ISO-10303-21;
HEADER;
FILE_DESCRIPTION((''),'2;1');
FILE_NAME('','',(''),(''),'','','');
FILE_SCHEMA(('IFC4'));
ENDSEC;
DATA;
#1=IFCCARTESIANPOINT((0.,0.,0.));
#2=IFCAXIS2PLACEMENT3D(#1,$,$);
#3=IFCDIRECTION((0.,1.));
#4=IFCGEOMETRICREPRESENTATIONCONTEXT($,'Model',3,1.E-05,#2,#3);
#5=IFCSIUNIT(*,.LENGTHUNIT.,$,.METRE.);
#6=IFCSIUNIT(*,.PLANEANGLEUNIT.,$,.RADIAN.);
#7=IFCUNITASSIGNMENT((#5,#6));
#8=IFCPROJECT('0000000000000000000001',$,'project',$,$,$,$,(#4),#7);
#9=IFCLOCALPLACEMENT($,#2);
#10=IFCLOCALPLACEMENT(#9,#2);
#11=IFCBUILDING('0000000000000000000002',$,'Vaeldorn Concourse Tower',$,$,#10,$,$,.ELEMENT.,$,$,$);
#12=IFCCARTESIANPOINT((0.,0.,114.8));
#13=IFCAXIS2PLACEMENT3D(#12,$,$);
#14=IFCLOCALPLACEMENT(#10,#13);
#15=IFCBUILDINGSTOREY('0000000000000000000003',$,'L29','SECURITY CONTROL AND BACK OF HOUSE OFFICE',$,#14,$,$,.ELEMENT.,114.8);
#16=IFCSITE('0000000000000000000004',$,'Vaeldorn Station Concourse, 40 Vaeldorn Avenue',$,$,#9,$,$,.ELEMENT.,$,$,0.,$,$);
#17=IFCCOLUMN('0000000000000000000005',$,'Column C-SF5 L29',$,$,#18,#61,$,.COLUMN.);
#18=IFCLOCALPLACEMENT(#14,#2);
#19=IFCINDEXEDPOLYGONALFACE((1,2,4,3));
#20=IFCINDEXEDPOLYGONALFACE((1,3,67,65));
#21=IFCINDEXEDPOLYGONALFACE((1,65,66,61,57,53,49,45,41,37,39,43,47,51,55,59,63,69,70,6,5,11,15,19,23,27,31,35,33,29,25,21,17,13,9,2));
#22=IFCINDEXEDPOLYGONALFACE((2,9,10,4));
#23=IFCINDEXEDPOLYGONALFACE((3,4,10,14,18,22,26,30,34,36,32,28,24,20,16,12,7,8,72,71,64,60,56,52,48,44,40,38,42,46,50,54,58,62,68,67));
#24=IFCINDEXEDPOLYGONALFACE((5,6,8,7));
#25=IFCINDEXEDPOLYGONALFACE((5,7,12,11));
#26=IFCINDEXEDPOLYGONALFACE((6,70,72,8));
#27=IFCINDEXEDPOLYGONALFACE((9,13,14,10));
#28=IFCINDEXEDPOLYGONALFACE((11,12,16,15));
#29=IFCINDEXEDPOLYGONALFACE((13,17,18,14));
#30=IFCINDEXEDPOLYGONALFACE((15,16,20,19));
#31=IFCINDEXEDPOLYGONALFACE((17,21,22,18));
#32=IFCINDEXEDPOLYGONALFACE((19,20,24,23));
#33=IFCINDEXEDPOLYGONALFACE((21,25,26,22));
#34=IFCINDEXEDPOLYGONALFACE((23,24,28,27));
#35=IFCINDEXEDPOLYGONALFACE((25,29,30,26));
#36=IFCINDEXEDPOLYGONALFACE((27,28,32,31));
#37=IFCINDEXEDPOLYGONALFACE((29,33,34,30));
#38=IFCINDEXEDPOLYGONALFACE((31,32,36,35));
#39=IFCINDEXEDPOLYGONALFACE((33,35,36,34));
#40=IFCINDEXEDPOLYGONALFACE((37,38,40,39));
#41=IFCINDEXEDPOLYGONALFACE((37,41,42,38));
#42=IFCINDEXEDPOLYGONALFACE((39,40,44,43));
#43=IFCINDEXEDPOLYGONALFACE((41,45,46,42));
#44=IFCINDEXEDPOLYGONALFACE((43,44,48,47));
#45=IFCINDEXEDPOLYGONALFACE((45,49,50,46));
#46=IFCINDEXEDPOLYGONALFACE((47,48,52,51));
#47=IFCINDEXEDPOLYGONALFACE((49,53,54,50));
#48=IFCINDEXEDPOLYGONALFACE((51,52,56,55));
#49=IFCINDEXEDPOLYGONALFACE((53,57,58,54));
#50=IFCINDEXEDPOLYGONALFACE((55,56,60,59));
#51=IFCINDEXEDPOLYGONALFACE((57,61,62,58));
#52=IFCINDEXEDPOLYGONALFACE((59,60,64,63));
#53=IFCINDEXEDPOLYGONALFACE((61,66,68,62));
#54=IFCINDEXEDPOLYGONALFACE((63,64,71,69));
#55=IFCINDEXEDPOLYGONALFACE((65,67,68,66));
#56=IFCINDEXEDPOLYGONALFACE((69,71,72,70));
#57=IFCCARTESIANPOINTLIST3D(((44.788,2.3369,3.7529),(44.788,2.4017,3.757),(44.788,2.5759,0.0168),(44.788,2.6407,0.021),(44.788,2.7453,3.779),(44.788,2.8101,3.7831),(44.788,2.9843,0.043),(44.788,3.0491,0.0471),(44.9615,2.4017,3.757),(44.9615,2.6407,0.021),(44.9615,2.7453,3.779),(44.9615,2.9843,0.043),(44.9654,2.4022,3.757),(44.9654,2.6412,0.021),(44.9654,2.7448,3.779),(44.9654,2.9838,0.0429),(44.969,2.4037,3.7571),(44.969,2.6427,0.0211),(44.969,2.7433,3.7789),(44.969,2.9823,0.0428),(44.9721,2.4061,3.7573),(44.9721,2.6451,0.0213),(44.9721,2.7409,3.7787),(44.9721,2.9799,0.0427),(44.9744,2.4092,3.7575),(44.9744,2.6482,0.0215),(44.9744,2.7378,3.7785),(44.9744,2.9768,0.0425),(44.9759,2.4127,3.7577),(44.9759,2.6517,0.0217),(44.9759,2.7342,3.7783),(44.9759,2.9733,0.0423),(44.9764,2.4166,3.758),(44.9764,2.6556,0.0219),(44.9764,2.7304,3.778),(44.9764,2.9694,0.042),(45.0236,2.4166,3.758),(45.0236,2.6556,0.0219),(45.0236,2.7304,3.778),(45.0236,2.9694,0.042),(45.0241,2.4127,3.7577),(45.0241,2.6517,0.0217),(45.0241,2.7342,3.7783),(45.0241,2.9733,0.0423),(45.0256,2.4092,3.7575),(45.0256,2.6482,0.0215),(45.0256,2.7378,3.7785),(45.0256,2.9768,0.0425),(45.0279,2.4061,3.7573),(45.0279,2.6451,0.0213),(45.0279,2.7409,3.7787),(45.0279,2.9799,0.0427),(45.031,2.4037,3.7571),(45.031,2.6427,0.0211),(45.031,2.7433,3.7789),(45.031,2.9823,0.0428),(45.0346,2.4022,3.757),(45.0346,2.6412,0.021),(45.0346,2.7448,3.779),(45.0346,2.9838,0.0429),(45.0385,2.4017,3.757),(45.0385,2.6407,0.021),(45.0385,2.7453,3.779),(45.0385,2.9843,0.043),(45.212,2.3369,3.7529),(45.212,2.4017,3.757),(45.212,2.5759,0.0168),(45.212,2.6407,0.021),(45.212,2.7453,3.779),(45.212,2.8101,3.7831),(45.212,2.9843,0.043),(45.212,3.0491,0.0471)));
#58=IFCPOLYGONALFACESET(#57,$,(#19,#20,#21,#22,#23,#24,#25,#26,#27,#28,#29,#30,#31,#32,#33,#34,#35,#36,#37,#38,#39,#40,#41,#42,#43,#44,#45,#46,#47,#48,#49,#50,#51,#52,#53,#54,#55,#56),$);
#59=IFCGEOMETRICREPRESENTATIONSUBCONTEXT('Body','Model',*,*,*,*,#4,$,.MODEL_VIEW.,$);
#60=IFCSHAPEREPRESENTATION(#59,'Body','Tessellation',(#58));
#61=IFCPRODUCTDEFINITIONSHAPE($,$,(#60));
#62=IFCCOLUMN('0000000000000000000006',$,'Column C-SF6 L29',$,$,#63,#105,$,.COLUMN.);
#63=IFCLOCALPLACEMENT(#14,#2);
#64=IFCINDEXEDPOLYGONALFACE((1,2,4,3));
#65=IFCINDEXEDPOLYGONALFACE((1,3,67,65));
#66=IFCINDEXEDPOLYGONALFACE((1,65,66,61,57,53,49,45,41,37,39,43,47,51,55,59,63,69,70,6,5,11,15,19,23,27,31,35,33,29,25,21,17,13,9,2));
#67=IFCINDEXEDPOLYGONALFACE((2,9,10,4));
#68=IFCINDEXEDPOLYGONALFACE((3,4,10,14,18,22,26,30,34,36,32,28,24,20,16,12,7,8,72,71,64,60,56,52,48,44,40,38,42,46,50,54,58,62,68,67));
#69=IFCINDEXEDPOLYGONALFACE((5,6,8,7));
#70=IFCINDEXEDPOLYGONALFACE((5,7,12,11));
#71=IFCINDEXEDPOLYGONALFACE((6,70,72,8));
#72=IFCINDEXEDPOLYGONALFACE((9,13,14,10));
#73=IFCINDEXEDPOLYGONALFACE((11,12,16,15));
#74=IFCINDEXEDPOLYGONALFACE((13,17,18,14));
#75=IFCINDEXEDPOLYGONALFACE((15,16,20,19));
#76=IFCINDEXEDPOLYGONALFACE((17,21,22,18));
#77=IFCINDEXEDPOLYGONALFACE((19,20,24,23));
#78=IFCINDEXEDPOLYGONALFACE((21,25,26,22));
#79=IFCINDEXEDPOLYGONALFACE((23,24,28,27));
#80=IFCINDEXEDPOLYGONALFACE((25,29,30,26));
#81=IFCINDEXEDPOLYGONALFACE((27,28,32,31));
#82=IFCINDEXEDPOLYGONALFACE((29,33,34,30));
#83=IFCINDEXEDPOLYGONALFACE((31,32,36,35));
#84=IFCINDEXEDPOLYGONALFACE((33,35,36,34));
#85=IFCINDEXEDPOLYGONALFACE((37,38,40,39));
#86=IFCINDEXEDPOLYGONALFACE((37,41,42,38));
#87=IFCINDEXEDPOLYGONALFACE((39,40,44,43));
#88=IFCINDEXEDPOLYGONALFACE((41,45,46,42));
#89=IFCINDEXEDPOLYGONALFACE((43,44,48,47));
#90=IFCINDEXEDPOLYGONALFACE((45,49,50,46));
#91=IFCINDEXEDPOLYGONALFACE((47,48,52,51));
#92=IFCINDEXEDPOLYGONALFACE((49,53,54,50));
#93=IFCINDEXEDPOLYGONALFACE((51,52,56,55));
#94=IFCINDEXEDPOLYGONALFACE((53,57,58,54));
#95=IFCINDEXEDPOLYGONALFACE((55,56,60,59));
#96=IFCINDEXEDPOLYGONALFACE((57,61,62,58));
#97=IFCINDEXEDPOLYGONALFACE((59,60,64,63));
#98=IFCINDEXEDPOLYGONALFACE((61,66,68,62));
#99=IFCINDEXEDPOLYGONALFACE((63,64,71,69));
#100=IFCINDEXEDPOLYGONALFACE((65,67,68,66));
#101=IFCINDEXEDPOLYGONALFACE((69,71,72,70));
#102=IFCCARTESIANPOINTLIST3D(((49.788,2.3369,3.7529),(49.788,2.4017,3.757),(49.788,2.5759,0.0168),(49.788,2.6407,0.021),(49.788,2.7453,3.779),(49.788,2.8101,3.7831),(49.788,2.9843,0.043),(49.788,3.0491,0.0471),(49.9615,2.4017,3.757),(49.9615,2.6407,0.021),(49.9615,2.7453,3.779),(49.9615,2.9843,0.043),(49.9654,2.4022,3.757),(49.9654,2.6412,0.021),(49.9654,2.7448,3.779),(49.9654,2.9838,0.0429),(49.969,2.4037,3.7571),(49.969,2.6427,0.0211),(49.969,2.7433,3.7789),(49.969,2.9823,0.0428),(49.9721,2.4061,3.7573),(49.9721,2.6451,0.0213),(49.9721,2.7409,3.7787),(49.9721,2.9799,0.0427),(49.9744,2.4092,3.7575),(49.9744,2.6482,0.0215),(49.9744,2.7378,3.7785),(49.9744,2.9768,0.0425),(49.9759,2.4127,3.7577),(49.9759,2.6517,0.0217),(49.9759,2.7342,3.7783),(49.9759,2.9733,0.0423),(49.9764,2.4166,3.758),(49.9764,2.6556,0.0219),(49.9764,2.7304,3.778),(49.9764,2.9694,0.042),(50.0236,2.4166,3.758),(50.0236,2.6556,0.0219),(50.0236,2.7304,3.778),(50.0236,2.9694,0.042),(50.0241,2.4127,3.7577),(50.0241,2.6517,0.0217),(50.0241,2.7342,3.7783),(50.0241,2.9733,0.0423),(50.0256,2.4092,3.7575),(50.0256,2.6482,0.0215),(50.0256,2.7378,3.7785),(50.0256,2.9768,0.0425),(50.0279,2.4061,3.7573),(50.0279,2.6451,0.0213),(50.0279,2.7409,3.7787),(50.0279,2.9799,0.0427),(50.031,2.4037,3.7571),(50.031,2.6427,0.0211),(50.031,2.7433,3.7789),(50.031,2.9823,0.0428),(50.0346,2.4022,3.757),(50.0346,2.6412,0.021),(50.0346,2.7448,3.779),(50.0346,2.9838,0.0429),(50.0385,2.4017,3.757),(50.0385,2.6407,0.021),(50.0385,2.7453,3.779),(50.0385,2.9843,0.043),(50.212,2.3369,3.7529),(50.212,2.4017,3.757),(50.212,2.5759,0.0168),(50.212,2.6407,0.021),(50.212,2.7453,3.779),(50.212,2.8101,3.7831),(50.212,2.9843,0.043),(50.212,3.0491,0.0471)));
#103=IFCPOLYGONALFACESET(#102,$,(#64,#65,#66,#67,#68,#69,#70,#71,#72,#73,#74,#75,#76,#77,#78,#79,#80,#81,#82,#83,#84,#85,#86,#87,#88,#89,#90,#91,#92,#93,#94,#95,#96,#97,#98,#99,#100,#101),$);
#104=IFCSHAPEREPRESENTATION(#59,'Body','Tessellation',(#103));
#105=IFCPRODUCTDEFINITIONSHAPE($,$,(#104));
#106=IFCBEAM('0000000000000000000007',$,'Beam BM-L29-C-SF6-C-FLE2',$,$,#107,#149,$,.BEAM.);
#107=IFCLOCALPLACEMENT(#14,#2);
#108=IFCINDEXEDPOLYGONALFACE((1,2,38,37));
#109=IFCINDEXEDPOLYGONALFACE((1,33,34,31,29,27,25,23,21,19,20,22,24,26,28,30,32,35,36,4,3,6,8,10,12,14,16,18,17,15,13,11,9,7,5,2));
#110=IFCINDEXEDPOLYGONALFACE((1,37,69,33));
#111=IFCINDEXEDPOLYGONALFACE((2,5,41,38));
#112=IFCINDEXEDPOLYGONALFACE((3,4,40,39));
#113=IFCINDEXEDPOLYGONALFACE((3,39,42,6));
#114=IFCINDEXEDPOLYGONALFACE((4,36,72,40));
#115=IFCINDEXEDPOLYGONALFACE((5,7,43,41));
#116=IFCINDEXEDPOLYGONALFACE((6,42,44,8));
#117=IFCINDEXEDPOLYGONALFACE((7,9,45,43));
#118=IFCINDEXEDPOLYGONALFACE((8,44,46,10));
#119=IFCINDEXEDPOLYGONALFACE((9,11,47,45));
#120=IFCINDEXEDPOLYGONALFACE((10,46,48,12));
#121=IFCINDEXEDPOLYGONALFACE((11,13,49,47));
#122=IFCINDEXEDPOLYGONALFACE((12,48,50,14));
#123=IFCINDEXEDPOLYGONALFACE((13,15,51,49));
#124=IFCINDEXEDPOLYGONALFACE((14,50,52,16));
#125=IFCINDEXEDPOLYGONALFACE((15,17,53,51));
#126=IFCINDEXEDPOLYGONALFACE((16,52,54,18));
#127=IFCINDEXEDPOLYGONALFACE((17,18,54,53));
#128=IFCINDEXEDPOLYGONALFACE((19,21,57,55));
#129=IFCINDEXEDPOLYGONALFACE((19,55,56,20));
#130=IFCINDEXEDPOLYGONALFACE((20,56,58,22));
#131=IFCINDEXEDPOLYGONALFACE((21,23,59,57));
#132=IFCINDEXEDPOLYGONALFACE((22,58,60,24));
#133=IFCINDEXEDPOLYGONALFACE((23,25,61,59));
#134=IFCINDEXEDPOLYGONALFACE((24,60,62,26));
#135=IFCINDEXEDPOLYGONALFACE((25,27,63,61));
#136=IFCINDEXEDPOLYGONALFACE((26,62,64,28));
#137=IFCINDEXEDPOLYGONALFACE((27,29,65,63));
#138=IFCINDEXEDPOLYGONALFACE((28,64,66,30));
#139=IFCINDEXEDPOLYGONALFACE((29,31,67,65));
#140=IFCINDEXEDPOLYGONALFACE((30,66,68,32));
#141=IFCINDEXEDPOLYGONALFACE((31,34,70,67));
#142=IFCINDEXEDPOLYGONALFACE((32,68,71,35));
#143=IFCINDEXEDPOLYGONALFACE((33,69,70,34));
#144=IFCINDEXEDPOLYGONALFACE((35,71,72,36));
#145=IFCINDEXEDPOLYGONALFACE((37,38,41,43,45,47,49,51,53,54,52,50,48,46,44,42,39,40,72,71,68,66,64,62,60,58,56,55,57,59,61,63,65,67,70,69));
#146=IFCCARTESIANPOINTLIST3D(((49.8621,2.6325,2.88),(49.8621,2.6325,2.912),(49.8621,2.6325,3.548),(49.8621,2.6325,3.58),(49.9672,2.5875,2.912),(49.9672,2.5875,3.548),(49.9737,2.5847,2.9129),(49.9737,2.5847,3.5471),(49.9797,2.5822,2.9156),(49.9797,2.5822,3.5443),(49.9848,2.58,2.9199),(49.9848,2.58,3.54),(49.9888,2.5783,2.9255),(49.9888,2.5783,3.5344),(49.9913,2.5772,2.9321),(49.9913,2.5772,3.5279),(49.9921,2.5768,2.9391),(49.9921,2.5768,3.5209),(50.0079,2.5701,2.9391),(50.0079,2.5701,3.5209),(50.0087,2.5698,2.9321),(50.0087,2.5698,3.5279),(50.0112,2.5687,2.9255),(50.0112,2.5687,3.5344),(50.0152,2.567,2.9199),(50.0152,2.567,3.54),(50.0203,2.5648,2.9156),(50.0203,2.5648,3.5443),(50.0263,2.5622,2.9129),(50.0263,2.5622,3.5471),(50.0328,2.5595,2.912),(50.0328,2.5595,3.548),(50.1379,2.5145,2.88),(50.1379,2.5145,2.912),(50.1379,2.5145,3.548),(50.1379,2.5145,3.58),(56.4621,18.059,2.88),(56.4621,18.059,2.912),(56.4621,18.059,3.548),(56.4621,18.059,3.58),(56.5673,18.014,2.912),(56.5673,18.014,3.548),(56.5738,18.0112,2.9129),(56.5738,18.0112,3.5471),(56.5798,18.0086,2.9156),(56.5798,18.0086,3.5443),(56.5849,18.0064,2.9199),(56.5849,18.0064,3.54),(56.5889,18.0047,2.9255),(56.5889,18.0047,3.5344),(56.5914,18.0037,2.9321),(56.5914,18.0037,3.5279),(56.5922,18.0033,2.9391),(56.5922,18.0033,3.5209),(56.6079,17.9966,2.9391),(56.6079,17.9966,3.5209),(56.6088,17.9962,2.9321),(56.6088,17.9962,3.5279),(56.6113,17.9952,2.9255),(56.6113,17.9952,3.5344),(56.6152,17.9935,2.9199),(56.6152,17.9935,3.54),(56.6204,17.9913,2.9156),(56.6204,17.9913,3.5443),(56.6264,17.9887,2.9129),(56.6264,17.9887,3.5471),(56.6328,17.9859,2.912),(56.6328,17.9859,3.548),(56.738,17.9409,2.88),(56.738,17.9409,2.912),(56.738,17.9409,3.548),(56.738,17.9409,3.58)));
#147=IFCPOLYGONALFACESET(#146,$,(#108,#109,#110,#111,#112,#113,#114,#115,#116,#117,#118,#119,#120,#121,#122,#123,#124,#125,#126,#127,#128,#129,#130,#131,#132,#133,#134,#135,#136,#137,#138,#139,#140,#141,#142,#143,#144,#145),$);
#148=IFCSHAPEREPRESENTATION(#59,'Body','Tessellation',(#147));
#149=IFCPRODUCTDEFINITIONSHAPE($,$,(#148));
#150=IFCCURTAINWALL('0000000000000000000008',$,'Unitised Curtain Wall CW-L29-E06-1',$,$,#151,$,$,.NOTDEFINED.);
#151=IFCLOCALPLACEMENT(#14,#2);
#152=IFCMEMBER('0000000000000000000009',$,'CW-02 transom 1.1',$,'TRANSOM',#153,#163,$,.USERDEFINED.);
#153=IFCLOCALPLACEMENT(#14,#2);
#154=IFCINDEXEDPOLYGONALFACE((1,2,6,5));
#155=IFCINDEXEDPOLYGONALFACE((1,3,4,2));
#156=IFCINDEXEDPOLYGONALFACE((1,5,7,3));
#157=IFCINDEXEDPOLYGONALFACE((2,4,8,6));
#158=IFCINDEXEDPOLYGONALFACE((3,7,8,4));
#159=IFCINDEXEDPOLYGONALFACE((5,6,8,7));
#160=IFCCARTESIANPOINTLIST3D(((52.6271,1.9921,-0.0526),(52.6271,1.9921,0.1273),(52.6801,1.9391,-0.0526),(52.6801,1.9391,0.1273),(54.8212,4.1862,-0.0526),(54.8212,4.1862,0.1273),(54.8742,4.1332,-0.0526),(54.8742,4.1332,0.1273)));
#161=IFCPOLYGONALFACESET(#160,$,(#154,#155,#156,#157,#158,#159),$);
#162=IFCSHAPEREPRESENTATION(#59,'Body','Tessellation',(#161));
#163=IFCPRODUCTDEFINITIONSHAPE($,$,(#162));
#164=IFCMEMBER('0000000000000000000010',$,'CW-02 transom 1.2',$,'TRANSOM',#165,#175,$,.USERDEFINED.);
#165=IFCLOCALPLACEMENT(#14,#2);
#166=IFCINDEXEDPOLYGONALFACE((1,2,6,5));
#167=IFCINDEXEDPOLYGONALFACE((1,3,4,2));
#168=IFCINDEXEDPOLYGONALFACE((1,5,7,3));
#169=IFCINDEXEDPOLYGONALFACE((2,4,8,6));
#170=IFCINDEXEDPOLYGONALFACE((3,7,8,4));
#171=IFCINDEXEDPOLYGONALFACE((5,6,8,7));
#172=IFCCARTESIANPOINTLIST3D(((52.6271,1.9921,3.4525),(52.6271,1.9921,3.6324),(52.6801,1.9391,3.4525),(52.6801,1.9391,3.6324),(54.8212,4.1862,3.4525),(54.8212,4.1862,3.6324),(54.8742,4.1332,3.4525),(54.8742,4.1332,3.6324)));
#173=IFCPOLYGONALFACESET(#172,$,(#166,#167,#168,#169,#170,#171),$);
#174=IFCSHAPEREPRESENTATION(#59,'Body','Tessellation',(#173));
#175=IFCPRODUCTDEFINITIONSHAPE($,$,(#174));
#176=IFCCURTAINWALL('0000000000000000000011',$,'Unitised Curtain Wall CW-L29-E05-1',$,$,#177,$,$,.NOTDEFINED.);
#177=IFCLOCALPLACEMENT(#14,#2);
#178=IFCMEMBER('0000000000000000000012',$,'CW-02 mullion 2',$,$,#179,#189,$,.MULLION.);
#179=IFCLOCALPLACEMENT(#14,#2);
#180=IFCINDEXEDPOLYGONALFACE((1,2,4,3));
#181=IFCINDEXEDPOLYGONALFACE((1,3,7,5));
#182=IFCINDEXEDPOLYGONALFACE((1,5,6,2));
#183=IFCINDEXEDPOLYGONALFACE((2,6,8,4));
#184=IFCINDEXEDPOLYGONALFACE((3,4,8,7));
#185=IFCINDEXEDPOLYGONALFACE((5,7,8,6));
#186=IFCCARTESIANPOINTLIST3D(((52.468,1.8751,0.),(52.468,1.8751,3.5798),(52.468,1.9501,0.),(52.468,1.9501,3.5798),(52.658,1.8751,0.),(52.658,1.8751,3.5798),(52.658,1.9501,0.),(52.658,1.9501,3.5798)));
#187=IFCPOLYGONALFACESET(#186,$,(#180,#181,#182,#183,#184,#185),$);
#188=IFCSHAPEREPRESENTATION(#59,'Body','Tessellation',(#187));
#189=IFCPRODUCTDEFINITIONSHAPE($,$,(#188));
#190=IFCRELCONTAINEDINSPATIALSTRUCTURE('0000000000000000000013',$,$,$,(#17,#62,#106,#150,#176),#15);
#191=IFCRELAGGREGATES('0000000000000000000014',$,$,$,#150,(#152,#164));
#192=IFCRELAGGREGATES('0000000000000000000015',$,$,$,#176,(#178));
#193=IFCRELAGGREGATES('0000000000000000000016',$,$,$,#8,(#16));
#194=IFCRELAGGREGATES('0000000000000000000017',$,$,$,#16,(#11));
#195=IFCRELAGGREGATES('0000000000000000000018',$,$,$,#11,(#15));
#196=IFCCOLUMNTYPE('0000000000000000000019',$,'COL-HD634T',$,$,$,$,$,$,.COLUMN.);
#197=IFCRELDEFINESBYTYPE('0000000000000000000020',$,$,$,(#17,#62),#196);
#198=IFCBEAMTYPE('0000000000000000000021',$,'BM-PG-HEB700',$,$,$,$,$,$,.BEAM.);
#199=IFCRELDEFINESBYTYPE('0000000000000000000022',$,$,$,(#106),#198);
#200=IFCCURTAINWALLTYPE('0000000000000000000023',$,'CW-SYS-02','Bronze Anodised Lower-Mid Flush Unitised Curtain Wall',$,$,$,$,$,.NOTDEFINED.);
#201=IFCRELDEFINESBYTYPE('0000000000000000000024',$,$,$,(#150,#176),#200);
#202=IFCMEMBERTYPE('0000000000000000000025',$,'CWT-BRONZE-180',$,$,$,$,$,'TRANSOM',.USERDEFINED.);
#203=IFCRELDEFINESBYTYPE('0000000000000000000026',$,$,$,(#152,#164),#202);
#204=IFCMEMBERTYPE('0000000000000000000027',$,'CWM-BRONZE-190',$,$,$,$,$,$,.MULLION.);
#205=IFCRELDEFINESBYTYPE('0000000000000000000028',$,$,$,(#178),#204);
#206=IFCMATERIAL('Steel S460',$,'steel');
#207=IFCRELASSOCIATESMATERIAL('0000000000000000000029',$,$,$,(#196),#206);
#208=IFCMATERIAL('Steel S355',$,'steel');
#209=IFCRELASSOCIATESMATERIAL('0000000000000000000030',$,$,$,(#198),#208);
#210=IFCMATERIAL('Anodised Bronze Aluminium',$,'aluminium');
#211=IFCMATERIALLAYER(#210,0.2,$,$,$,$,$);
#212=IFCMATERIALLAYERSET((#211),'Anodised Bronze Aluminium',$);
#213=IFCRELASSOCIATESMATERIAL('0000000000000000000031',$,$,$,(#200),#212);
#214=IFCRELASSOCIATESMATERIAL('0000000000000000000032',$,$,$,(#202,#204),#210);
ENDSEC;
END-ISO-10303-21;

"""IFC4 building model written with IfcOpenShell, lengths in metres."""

from ifc_helpers import new_model, si_unit, direction, frame, origin, origin_2d, place, context, subcontext, project, spatial, rectangle, i_section, extrude, source, transform, mapped, material, layer, layer_set, material_profile, profile_set, type_object, element, aggregate, save


model = new_model("IFC4")

# Units and contexts
model_context = context("Model", 3, precision=1e-05, world=origin(), true_north=direction((0.0, 1.0)))
body_context = subcontext(model_context, "Body", "Model", "MODEL_VIEW")
ifc_project = project(units=[si_unit("LENGTHUNIT", "METRE"), si_unit("PLANEANGLEUNIT", "RADIAN")], contexts=[model_context])

# Site, building, storey
site_placement = place(None, origin())
site = spatial("IfcSite", under=ifc_project, at=site_placement, Name="Vaeldorn Station Concourse, 40 Vaeldorn Avenue", CompositionType="ELEMENT", RefElevation=0.0)
building_placement = place(site_placement, origin())
building = spatial("IfcBuilding", under=site, at=building_placement, Name="Vaeldorn Concourse Tower", CompositionType="ELEMENT")
storey_placement = place(building_placement, frame((0.0, 0.0, 114.8)))
storey = spatial("IfcBuildingStorey", under=building, at=storey_placement, Name="L29", Description="SECURITY CONTROL AND BACK OF HOUSE OFFICE", CompositionType="ELEMENT", Elevation=114.8)

# Columns
ifc_material_1 = material(Name="Steel S460", Category="steel")
ifc_material_profile_1 = material_profile(ifc_material_1, i_section(OverallWidth=0.4241, OverallDepth=0.4741, WebThickness=0.0471, FlangeThickness=0.0649, FilletRadius=0.0149, at=origin_2d()), Name="HD 400x634")
ifc_profile_set_1 = profile_set([ifc_material_profile_1], Name="Steel S460")
column_type = type_object("IfcColumnType", Name="COL-HD634T", PredefinedType="COLUMN", material=ifc_profile_set_1)
shared_shape_1 = source(origin(), body_context, "Body", "SweptSolid", [
    extrude(i_section(OverallWidth=0.4241, OverallDepth=0.4741, WebThickness=0.0471, FlangeThickness=0.0649, FilletRadius=0.0149, at=origin_2d()), origin(), (0.0, 0.0, 1.0), 3.7437),
])
for number, where, z_axis, x_axis, name in (
    (1, (45.0, 2.8125, 0.032), (0.0, -0.063844, 0.99796), (1.0, 0.0, 0.0), "Column C-SF5 L29"),
    (2, (50.0, 2.8125, 0.032), (0.0, -0.063844, 0.99796), (1.0, 0.0, 0.0), "Column C-SF6 L29"),
):
    element("IfcColumn", number, at=place(storey_placement, frame(where, z_axis=z_axis, x_axis=x_axis)), inside=storey, type_object=column_type, Name=name, PredefinedType="COLUMN", context=body_context, shape_type="MappedRepresentation", body=[
        mapped(shared_shape_1, transform((0.0, 0.0, 0.0), scale=1.0)),
    ])

# Beam
ifc_material_2 = material(Name="Steel S355", Category="steel")
ifc_material_profile_2 = material_profile(ifc_material_2, i_section(OverallWidth=0.3, OverallDepth=0.7, WebThickness=0.0171, FlangeThickness=0.032, FilletRadius=0.0271, at=origin_2d()), Name="HEB 700")
ifc_profile_set_2 = profile_set([ifc_material_profile_2], Name="Steel S355")
beam_type = type_object("IfcBeamType", Name="BM-PG-HEB700", PredefinedType="BEAM", material=ifc_profile_set_2)
shared_shape_2 = source(origin(), body_context, "Body", "SweptSolid", [
    extrude(i_section(OverallWidth=0.3, OverallDepth=0.7, WebThickness=0.0171, FlangeThickness=0.032, FilletRadius=0.0271, at=origin_2d()), origin(), (0.0, 0.0, 1.0), 16.7791),
])
beam_placement = place(storey_placement, frame((50.0, 2.5735, 3.23), z_axis=(0.393352, 0.919388, 0.0), x_axis=(-0.919388, 0.393352, 0.0)))
element("IfcBeam", 3, at=beam_placement, inside=storey, type_object=beam_type, Name="Beam BM-L29-C-SF6-C-FLE2", PredefinedType="BEAM", context=body_context, shape_type="MappedRepresentation", body=[
    mapped(shared_shape_2, transform((0.0, 0.0, 0.0), scale=1.0)),
])

# Curtain wall, members
ifc_material_3 = material(Name="Anodised Bronze Aluminium", Category="aluminium")
ifc_layer_1 = layer(ifc_material_3, 0.2)
ifc_layer_set_1 = layer_set([ifc_layer_1], Name="Anodised Bronze Aluminium")
curtain_wall_type = type_object("IfcCurtainWallType", Name="CW-SYS-02", Description="Bronze Anodised Lower-Mid Flush Unitised Curtain Wall", PredefinedType="NOTDEFINED", material=ifc_layer_set_1)
curtain_wall_1_placement = place(storey_placement, origin())
curtain_wall_1 = element("IfcCurtainWall", 4, at=curtain_wall_1_placement, inside=storey, type_object=curtain_wall_type, Name="Unitised Curtain Wall CW-L29-E06-1", PredefinedType="NOTDEFINED")
ifc_material_profile_3 = material_profile(ifc_material_3, rectangle(XDim=0.075, YDim=0.1799, at=origin_2d()), Name="CWT 75x180")
ifc_profile_set_3 = profile_set([ifc_material_profile_3], Name="Anodised Bronze Aluminium")
member_type_1 = type_object("IfcMemberType", Name="CWT-BRONZE-180", ElementType="TRANSOM", PredefinedType="USERDEFINED", material=ifc_profile_set_3)
shared_shape_3 = source(origin(), body_context, "Body", "SweptSolid", [
    extrude(rectangle(XDim=0.075, YDim=0.1799, at=origin_2d()), origin(), (0.0, 0.0, 1.0), 3.103),
])
member_1_placement = place(storey_placement, frame((52.6536, 1.9656, 0.0374), z_axis=(0.707107, 0.707107, 0.0), x_axis=(-0.707107, 0.707107, 0.0)))
member_1 = element("IfcMember", 5, at=member_1_placement, type_object=member_type_1, Name="CW-02 transom 1.1", ObjectType="TRANSOM", PredefinedType="USERDEFINED", context=body_context, shape_type="MappedRepresentation", body=[
    mapped(shared_shape_3, transform((0.0, 0.0, 0.0), scale=1.0)),
])
member_2_placement = place(storey_placement, frame((52.6536, 1.9656, 3.5425), z_axis=(0.707107, 0.707107, 0.0), x_axis=(-0.707107, 0.707107, 0.0)))
member_2 = element("IfcMember", 6, at=member_2_placement, type_object=member_type_1, Name="CW-02 transom 1.2", ObjectType="TRANSOM", PredefinedType="USERDEFINED", context=body_context, shape_type="MappedRepresentation", body=[
    mapped(shared_shape_3, transform((0.0, 0.0, 0.0), scale=1.0)),
])

# Curtain wall, member
curtain_wall_2_placement = place(storey_placement, origin())
curtain_wall_2 = element("IfcCurtainWall", 7, at=curtain_wall_2_placement, inside=storey, type_object=curtain_wall_type, Name="Unitised Curtain Wall CW-L29-E05-1", PredefinedType="NOTDEFINED")
ifc_material_profile_4 = material_profile(ifc_material_3, rectangle(XDim=0.075, YDim=0.1899, at=origin_2d()), Name="CWM 75x190")
ifc_profile_set_4 = profile_set([ifc_material_profile_4], Name="Anodised Bronze Aluminium")
member_type_2 = type_object("IfcMemberType", Name="CWM-BRONZE-190", PredefinedType="MULLION", material=ifc_profile_set_4)
shared_shape_4 = source(origin(), body_context, "Body", "SweptSolid", [
    extrude(rectangle(XDim=0.075, YDim=0.1899, at=origin_2d()), origin(), (0.0, 0.0, 1.0), 3.5798),
])
member_3_placement = place(storey_placement, frame((52.563, 1.9126, 0.0), z_axis=(0.0, 0.0, 1.0), x_axis=(0.0, 1.0, 0.0)))
member_3 = element("IfcMember", 8, at=member_3_placement, type_object=member_type_2, Name="CW-02 mullion 2", PredefinedType="MULLION", context=body_context, shape_type="MappedRepresentation", body=[
    mapped(shared_shape_4, transform((0.0, 0.0, 0.0), scale=1.0)),
])

aggregate(curtain_wall_1, [member_1, member_2])
aggregate(curtain_wall_2, [member_3])

save(model, "model.ifc")
